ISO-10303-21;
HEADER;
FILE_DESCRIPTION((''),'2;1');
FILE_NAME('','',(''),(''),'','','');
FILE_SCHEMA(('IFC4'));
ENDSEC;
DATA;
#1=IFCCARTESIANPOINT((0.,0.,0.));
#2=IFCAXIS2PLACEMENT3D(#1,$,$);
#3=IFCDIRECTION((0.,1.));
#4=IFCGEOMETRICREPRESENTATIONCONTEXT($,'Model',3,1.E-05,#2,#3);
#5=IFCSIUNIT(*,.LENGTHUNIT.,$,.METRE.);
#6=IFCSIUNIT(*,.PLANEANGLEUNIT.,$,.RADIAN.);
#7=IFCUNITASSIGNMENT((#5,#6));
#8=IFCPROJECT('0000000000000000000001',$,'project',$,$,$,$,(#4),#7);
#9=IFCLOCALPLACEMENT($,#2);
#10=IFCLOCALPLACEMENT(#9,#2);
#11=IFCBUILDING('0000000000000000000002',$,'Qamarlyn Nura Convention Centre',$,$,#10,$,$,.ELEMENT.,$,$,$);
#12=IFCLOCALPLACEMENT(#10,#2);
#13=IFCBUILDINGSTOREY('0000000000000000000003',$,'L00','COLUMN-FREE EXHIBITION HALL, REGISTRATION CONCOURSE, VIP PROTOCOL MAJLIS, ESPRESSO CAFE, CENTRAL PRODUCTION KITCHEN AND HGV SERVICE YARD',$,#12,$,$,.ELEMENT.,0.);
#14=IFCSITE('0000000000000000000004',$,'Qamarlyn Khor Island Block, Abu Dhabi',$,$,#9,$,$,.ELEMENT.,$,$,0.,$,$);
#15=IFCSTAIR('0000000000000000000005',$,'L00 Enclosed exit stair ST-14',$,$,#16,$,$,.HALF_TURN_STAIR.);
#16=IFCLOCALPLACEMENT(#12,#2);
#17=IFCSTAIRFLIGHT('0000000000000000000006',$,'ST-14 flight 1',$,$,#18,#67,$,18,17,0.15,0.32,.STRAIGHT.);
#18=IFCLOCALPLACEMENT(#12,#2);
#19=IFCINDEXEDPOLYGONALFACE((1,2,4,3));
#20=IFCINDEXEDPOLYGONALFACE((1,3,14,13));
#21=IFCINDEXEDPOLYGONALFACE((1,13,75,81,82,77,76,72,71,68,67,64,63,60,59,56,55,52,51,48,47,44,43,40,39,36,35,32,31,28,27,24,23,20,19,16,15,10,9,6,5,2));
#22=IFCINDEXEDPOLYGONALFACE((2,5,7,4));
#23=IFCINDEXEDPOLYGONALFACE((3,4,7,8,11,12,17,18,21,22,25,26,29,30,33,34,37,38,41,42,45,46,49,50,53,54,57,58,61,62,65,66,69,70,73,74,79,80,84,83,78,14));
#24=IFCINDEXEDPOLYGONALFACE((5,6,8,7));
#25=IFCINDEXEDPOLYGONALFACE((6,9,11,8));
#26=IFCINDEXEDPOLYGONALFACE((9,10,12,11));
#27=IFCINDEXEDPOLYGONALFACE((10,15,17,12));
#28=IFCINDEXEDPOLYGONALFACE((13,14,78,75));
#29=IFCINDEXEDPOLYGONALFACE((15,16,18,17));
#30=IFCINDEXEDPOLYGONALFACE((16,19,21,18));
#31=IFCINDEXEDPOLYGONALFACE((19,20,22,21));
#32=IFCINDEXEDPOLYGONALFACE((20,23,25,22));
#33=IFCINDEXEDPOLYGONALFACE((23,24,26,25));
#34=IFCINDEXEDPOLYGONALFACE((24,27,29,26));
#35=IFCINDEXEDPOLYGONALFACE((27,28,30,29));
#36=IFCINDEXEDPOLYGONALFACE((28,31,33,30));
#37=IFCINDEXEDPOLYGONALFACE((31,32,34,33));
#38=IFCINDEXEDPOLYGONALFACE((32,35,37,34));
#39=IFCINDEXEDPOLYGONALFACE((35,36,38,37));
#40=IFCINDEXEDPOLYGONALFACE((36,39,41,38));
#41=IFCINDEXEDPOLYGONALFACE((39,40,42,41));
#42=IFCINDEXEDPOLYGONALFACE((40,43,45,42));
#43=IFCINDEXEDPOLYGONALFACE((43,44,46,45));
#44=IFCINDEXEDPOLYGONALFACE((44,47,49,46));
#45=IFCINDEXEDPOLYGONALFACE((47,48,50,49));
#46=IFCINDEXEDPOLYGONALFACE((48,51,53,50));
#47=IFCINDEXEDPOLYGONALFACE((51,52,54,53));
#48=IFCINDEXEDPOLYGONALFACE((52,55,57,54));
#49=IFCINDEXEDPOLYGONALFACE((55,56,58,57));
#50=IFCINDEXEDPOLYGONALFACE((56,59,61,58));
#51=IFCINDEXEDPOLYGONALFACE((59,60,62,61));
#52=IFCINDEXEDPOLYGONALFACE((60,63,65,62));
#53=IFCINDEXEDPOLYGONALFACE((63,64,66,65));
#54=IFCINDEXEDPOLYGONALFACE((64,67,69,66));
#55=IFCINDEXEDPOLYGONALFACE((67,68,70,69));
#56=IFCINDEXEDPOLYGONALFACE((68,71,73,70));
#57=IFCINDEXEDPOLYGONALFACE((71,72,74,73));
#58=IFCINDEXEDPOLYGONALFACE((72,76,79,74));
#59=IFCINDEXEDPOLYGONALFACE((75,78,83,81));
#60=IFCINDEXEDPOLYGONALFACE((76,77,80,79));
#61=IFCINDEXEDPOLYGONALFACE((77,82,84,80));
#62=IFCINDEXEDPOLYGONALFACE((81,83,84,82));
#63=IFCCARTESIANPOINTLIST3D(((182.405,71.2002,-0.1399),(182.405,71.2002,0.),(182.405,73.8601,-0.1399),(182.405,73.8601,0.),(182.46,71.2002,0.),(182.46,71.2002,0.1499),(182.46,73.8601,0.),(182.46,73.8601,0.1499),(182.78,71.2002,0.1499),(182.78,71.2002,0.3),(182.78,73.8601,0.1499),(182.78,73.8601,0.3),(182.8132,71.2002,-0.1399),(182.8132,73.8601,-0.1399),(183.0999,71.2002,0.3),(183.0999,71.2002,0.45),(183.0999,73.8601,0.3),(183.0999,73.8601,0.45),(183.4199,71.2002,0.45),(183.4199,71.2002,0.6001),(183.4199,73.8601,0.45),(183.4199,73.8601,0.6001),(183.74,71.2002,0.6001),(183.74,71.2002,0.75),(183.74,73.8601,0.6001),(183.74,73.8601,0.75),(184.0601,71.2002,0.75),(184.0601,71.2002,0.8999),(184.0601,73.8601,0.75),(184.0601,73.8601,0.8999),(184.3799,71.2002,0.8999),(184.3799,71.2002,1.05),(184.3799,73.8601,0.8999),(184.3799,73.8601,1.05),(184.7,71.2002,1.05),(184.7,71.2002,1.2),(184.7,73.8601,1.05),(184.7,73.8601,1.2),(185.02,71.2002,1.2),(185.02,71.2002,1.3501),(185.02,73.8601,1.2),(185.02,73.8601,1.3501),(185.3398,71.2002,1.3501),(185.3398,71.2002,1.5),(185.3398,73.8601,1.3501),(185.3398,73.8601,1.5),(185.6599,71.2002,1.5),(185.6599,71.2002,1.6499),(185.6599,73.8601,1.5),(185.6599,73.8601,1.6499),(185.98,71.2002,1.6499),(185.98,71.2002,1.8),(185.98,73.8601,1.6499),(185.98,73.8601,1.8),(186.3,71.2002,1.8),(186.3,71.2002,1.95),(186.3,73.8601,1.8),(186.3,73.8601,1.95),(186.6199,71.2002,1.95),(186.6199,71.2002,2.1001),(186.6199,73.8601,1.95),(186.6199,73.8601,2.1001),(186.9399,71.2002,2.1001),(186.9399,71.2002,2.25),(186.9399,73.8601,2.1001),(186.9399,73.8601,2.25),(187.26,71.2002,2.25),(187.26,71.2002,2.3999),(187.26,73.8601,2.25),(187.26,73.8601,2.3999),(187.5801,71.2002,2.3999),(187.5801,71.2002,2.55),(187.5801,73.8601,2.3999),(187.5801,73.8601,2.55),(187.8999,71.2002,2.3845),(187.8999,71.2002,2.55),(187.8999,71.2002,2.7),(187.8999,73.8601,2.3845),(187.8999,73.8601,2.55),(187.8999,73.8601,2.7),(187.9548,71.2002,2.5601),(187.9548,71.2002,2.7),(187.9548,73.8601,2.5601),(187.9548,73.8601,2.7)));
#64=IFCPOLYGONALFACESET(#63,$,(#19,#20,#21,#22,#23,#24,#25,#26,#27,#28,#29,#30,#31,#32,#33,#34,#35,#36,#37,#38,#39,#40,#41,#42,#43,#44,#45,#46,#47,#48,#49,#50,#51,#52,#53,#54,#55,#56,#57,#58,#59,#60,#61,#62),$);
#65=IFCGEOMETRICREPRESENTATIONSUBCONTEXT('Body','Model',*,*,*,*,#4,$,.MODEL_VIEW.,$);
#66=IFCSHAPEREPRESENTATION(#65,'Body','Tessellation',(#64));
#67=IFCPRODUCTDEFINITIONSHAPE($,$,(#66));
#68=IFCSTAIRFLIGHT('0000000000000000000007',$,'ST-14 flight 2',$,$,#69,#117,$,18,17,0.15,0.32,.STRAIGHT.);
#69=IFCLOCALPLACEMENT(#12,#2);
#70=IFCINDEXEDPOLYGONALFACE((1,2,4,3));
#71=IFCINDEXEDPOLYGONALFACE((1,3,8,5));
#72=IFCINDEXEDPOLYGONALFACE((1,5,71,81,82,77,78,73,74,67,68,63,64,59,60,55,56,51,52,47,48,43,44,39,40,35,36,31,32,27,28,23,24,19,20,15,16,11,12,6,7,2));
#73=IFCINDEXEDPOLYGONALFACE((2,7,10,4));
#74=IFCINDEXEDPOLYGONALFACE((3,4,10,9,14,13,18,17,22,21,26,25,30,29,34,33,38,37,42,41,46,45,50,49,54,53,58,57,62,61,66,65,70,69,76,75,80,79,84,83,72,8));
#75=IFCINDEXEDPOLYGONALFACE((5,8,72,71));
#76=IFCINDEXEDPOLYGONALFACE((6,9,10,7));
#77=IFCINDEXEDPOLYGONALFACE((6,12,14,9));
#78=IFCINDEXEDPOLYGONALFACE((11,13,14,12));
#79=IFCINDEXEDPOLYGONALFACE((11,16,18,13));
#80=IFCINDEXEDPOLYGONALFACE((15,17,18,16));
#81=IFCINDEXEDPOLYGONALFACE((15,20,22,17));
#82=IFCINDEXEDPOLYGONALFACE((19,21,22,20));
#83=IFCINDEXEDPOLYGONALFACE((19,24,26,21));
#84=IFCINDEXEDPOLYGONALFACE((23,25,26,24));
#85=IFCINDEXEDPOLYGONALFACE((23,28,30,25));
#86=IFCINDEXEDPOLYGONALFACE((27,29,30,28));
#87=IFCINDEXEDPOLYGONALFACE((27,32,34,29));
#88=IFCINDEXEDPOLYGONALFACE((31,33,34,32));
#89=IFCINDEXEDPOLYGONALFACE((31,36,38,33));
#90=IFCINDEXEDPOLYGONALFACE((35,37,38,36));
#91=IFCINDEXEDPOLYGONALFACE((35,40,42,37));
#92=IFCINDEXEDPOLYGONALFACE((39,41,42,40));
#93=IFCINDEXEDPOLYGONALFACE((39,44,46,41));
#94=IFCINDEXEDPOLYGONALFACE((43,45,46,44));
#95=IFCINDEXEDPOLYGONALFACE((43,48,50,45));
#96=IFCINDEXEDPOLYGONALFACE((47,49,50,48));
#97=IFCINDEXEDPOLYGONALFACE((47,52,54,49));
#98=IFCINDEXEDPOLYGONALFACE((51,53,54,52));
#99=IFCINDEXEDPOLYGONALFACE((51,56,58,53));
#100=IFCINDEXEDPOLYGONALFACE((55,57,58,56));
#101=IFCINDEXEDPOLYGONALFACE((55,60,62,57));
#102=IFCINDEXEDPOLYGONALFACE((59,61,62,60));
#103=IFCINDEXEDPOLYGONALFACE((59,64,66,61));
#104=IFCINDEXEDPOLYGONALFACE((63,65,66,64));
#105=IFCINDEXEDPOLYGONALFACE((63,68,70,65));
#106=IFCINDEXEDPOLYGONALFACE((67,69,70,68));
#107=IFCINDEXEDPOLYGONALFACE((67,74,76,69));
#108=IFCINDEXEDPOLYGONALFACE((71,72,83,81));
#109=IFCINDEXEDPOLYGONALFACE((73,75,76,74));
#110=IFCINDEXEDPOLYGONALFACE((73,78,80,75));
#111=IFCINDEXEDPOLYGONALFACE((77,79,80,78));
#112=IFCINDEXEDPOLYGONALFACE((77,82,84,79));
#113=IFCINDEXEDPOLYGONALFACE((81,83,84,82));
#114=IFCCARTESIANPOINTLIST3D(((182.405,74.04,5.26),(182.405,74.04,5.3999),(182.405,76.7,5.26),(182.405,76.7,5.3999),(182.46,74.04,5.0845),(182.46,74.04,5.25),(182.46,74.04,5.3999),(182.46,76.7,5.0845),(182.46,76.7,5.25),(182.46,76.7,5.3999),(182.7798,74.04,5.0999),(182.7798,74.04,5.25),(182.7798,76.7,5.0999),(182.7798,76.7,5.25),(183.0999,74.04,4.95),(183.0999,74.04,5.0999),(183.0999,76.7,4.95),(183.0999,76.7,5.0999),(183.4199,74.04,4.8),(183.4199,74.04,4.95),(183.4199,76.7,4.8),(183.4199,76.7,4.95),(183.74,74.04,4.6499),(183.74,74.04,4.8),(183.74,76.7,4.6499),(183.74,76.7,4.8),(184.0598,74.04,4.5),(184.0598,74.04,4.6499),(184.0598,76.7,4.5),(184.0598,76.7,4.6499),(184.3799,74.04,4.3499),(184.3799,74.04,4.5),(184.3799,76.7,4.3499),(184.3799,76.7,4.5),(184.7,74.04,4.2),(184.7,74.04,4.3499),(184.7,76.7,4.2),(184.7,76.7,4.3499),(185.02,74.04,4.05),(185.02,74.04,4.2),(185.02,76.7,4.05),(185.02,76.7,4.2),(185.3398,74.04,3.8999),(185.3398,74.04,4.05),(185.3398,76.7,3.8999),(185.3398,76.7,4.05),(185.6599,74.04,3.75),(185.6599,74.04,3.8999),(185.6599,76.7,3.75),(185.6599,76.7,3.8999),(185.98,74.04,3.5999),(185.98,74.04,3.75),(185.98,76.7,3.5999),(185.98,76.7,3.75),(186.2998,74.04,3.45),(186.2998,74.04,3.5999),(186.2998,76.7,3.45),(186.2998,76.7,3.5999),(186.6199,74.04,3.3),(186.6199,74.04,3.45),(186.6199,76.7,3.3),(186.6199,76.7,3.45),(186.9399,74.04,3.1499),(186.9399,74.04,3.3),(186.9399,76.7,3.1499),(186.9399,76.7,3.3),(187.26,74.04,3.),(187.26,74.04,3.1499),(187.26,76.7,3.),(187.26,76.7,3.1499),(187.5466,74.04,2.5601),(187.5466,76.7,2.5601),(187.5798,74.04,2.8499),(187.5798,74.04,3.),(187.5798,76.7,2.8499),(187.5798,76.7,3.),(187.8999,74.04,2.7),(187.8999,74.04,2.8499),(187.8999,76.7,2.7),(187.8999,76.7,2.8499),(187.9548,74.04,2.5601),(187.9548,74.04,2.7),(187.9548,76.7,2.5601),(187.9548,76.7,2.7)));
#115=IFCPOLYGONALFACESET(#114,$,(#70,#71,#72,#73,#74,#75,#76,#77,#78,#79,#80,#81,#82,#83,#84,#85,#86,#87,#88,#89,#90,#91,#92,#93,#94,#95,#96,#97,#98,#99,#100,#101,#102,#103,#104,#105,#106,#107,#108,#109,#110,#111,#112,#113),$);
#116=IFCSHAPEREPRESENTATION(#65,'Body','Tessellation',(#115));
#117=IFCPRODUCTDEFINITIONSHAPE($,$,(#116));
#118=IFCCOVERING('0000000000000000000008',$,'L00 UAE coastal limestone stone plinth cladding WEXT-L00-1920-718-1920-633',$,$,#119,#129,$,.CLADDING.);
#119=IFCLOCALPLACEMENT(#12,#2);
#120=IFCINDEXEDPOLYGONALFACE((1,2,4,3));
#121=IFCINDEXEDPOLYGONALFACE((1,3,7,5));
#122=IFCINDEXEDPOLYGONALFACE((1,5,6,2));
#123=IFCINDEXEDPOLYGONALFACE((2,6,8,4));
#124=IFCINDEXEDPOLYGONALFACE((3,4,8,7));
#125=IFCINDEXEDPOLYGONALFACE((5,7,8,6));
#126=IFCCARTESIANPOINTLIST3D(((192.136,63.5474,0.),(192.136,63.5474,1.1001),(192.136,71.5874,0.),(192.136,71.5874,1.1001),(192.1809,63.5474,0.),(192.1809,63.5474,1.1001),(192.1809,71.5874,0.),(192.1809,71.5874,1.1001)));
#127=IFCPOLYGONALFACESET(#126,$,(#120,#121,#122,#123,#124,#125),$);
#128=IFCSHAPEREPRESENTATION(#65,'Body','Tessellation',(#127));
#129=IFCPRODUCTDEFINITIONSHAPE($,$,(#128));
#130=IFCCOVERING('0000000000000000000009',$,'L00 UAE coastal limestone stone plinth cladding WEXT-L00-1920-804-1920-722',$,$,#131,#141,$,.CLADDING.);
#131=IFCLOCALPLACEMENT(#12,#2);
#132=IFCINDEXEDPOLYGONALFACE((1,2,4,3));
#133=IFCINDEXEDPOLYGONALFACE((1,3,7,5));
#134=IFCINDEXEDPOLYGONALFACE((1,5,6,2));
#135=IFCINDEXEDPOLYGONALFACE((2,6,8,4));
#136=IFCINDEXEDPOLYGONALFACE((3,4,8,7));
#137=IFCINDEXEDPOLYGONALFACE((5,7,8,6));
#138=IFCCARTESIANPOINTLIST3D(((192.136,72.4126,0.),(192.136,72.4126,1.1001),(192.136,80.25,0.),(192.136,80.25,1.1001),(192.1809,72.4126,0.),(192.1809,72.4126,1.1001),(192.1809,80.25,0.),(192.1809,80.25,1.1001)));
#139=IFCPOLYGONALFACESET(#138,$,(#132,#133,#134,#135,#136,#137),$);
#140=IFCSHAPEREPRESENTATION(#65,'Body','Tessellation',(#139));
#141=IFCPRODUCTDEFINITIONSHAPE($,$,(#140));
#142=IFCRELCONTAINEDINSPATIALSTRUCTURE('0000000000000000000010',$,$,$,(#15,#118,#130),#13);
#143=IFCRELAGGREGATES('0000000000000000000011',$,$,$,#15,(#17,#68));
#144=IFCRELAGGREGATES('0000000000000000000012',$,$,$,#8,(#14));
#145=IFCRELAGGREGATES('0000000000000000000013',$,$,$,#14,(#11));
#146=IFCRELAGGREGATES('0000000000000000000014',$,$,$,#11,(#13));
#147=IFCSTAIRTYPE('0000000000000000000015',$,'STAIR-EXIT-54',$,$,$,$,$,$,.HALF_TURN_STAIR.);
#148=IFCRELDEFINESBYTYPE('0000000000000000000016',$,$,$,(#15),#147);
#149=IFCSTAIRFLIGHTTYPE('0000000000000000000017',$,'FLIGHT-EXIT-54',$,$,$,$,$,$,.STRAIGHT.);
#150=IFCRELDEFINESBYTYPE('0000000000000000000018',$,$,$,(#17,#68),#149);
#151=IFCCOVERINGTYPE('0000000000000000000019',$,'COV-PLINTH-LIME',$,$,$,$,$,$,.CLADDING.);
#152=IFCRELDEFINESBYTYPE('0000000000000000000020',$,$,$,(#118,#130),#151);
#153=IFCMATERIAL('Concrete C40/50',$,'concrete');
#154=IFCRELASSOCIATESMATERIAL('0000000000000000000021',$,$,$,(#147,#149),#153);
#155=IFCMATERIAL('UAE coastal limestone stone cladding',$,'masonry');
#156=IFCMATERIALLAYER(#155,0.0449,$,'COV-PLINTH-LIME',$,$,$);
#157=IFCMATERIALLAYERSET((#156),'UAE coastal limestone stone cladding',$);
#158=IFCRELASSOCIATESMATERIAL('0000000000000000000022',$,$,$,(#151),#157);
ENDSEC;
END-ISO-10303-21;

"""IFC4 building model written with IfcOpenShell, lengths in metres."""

from ifc_helpers import new_model, si_unit, direction, frame, origin, origin_2d, place, context, subcontext, project, spatial, polyline, rectangle, outline, extrude, material, layer, layer_set, type_object, element, aggregate, save


model = new_model("IFC4")

# Units and contexts
model_context = context("Model", 3, precision=1e-05, world=origin(), true_north=direction((0.0, 1.0)))
body_context = subcontext(model_context, "Body", "Model", "MODEL_VIEW")
ifc_project = project(units=[si_unit("LENGTHUNIT", "METRE"), si_unit("PLANEANGLEUNIT", "RADIAN")], contexts=[model_context])

# Site, building, storey
site_placement = place(None, origin())
site = spatial("IfcSite", under=ifc_project, at=site_placement, Name="Qamarlyn Khor Island Block, Abu Dhabi", CompositionType="ELEMENT", RefElevation=0.0)
building_placement = place(site_placement, origin())
building = spatial("IfcBuilding", under=site, at=building_placement, Name="Qamarlyn Nura Convention Centre", CompositionType="ELEMENT")
storey_placement = place(building_placement, origin())
storey = spatial("IfcBuildingStorey", under=building, at=storey_placement, Name="L00", Description="COLUMN-FREE EXHIBITION HALL, REGISTRATION CONCOURSE, VIP PROTOCOL MAJLIS, ESPRESSO CAFE, CENTRAL PRODUCTION KITCHEN AND HGV SERVICE YARD", CompositionType="ELEMENT", Elevation=0.0)

# Shared definitions
ifc_material_1 = material(Name="Concrete C40/50", Category="concrete")

# Shared definitions
stair_type = type_object("IfcStairType", Name="STAIR-EXIT-54", PredefinedType="HALF_TURN_STAIR", material=ifc_material_1)
stair_flight_type = type_object("IfcStairFlightType", Name="FLIGHT-EXIT-54", PredefinedType="STRAIGHT", material=ifc_material_1)

# Stair, stair flights
stair_1_placement = place(storey_placement, origin())
stair_1 = element("IfcStair", 1, at=stair_1_placement, inside=storey, type_object=stair_type, Name="L00 Enclosed exit stair ST-14", PredefinedType="HALF_TURN_STAIR")
stair_flight_1_placement = place(storey_placement, frame((182.46, 72.53, 0.0), z_axis=(0.0, 0.0, 1.0), x_axis=(1.0, 0.0, 0.0)))
stair_flight_1 = element("IfcStairFlight", 2, at=stair_flight_1_placement, type_object=stair_flight_type, Name="ST-14 flight 1", NumberOfRisers=18, NumberOfTreads=17, PredefinedType="STRAIGHT", RiserHeight=0.15, TreadLength=0.32, context=body_context, shape_type="SweptSolid", body=[
    extrude(outline(polyline([(-0.0549, 0.0), (0.0, 0.0), (0.0, 0.1499), (0.3201, 0.1499), (0.3201, 0.3), (0.6399, 0.3), (0.6399, 0.45), (0.96, 0.45), (0.96, 0.6001), (1.28, 0.6001), (1.28, 0.75), (1.6001, 0.75), (1.6001, 0.8999), (1.9199, 0.8999), (1.9199, 1.05), (2.24, 1.05), (2.24, 1.2), (2.5601, 1.2), (2.5601, 1.3501), (2.8799, 1.3501), (2.8799, 1.5), (3.2, 1.5), (3.2, 1.6499), (3.52, 1.6499), (3.52, 1.8), (3.8401, 1.8), (3.8401, 1.95), (4.1599, 1.95), (4.1599, 2.1001), (4.48, 2.1001), (4.48, 2.25), (4.8, 2.25), (4.8, 2.3999), (5.1201, 2.3999), (5.1201, 2.55), (5.4399, 2.55), (5.4399, 2.7), (5.4949, 2.7), (5.4949, 2.5601), (5.4399, 2.3845), (0.3533, -0.1399), (-0.0549, -0.1399), (-0.0549, 0.0)])), frame((0.0, 1.3301, 0.0), z_axis=(0.0, -1.0, 0.0), x_axis=(1.0, 0.0, 0.0)), (0.0, 0.0, 1.0), 2.6599),
])
stair_flight_2_placement = place(storey_placement, frame((187.8999, 75.3701, 2.7), z_axis=(0.0, 0.0, 1.0), x_axis=(-1.0, 0.0, 0.0)))
stair_flight_2 = element("IfcStairFlight", 3, at=stair_flight_2_placement, type_object=stair_flight_type, Name="ST-14 flight 2", NumberOfRisers=18, NumberOfTreads=17, PredefinedType="STRAIGHT", RiserHeight=0.15, TreadLength=0.32, context=body_context, shape_type="SweptSolid", body=[
    extrude(outline(polyline([(-0.0549, 0.0), (0.0, 0.0), (0.0, 0.1499), (0.3201, 0.1499), (0.3201, 0.3), (0.6399, 0.3), (0.6399, 0.45), (0.96, 0.45), (0.96, 0.6001), (1.28, 0.6001), (1.28, 0.75), (1.6001, 0.75), (1.6001, 0.8999), (1.9199, 0.8999), (1.9199, 1.05), (2.24, 1.05), (2.24, 1.2), (2.5601, 1.2), (2.5601, 1.3501), (2.8799, 1.3501), (2.8799, 1.5), (3.2, 1.5), (3.2, 1.6499), (3.52, 1.6499), (3.52, 1.8), (3.8401, 1.8), (3.8401, 1.95), (4.1599, 1.95), (4.1599, 2.1001), (4.48, 2.1001), (4.48, 2.25), (4.8, 2.25), (4.8, 2.3999), (5.1201, 2.3999), (5.1201, 2.55), (5.4399, 2.55), (5.4399, 2.7), (5.4949, 2.7), (5.4949, 2.5601), (5.4399, 2.3845), (0.3533, -0.1399), (-0.0549, -0.1399), (-0.0549, 0.0)])), frame((0.0, 1.3301, 0.0), z_axis=(0.0, -1.0, 0.0), x_axis=(1.0, 0.0, 0.0)), (0.0, 0.0, 1.0), 2.6599),
])
aggregate(stair_1, [stair_flight_1, stair_flight_2])

# Coverings
ifc_material_2 = material(Name="UAE coastal limestone stone cladding", Category="masonry")
ifc_layer_1 = layer(ifc_material_2, 0.0449, Name="COV-PLINTH-LIME")
ifc_layer_set_1 = layer_set([ifc_layer_1], Name="UAE coastal limestone stone cladding")
covering_type = type_object("IfcCoveringType", Name="COV-PLINTH-LIME", PredefinedType="CLADDING", material=ifc_layer_set_1)
covering_1_placement = place(storey_placement, frame((192.1584, 67.5674, 0.0), z_axis=(0.0, 0.0, 1.0), x_axis=(0.0, -1.0, 0.0)))
element("IfcCovering", 4, at=covering_1_placement, inside=storey, type_object=covering_type, Name="L00 UAE coastal limestone stone plinth cladding WEXT-L00-1920-718-1920-633", PredefinedType="CLADDING", context=body_context, shape_type="SweptSolid", body=[
    extrude(rectangle(XDim=8.04, YDim=0.0449, at=origin_2d()), origin(), (0.0, 0.0, 1.0), 1.1001),
])
covering_2_placement = place(storey_placement, frame((192.1584, 76.3313, 0.0), z_axis=(0.0, 0.0, 1.0), x_axis=(0.0, -1.0, 0.0)))
element("IfcCovering", 5, at=covering_2_placement, inside=storey, type_object=covering_type, Name="L00 UAE coastal limestone stone plinth cladding WEXT-L00-1920-804-1920-722", PredefinedType="CLADDING", context=body_context, shape_type="SweptSolid", body=[
    extrude(rectangle(XDim=7.8374, YDim=0.0449, at=origin_2d()), origin(), (0.0, 0.0, 1.0), 1.1001),
])

save(model, "model.ifc")
